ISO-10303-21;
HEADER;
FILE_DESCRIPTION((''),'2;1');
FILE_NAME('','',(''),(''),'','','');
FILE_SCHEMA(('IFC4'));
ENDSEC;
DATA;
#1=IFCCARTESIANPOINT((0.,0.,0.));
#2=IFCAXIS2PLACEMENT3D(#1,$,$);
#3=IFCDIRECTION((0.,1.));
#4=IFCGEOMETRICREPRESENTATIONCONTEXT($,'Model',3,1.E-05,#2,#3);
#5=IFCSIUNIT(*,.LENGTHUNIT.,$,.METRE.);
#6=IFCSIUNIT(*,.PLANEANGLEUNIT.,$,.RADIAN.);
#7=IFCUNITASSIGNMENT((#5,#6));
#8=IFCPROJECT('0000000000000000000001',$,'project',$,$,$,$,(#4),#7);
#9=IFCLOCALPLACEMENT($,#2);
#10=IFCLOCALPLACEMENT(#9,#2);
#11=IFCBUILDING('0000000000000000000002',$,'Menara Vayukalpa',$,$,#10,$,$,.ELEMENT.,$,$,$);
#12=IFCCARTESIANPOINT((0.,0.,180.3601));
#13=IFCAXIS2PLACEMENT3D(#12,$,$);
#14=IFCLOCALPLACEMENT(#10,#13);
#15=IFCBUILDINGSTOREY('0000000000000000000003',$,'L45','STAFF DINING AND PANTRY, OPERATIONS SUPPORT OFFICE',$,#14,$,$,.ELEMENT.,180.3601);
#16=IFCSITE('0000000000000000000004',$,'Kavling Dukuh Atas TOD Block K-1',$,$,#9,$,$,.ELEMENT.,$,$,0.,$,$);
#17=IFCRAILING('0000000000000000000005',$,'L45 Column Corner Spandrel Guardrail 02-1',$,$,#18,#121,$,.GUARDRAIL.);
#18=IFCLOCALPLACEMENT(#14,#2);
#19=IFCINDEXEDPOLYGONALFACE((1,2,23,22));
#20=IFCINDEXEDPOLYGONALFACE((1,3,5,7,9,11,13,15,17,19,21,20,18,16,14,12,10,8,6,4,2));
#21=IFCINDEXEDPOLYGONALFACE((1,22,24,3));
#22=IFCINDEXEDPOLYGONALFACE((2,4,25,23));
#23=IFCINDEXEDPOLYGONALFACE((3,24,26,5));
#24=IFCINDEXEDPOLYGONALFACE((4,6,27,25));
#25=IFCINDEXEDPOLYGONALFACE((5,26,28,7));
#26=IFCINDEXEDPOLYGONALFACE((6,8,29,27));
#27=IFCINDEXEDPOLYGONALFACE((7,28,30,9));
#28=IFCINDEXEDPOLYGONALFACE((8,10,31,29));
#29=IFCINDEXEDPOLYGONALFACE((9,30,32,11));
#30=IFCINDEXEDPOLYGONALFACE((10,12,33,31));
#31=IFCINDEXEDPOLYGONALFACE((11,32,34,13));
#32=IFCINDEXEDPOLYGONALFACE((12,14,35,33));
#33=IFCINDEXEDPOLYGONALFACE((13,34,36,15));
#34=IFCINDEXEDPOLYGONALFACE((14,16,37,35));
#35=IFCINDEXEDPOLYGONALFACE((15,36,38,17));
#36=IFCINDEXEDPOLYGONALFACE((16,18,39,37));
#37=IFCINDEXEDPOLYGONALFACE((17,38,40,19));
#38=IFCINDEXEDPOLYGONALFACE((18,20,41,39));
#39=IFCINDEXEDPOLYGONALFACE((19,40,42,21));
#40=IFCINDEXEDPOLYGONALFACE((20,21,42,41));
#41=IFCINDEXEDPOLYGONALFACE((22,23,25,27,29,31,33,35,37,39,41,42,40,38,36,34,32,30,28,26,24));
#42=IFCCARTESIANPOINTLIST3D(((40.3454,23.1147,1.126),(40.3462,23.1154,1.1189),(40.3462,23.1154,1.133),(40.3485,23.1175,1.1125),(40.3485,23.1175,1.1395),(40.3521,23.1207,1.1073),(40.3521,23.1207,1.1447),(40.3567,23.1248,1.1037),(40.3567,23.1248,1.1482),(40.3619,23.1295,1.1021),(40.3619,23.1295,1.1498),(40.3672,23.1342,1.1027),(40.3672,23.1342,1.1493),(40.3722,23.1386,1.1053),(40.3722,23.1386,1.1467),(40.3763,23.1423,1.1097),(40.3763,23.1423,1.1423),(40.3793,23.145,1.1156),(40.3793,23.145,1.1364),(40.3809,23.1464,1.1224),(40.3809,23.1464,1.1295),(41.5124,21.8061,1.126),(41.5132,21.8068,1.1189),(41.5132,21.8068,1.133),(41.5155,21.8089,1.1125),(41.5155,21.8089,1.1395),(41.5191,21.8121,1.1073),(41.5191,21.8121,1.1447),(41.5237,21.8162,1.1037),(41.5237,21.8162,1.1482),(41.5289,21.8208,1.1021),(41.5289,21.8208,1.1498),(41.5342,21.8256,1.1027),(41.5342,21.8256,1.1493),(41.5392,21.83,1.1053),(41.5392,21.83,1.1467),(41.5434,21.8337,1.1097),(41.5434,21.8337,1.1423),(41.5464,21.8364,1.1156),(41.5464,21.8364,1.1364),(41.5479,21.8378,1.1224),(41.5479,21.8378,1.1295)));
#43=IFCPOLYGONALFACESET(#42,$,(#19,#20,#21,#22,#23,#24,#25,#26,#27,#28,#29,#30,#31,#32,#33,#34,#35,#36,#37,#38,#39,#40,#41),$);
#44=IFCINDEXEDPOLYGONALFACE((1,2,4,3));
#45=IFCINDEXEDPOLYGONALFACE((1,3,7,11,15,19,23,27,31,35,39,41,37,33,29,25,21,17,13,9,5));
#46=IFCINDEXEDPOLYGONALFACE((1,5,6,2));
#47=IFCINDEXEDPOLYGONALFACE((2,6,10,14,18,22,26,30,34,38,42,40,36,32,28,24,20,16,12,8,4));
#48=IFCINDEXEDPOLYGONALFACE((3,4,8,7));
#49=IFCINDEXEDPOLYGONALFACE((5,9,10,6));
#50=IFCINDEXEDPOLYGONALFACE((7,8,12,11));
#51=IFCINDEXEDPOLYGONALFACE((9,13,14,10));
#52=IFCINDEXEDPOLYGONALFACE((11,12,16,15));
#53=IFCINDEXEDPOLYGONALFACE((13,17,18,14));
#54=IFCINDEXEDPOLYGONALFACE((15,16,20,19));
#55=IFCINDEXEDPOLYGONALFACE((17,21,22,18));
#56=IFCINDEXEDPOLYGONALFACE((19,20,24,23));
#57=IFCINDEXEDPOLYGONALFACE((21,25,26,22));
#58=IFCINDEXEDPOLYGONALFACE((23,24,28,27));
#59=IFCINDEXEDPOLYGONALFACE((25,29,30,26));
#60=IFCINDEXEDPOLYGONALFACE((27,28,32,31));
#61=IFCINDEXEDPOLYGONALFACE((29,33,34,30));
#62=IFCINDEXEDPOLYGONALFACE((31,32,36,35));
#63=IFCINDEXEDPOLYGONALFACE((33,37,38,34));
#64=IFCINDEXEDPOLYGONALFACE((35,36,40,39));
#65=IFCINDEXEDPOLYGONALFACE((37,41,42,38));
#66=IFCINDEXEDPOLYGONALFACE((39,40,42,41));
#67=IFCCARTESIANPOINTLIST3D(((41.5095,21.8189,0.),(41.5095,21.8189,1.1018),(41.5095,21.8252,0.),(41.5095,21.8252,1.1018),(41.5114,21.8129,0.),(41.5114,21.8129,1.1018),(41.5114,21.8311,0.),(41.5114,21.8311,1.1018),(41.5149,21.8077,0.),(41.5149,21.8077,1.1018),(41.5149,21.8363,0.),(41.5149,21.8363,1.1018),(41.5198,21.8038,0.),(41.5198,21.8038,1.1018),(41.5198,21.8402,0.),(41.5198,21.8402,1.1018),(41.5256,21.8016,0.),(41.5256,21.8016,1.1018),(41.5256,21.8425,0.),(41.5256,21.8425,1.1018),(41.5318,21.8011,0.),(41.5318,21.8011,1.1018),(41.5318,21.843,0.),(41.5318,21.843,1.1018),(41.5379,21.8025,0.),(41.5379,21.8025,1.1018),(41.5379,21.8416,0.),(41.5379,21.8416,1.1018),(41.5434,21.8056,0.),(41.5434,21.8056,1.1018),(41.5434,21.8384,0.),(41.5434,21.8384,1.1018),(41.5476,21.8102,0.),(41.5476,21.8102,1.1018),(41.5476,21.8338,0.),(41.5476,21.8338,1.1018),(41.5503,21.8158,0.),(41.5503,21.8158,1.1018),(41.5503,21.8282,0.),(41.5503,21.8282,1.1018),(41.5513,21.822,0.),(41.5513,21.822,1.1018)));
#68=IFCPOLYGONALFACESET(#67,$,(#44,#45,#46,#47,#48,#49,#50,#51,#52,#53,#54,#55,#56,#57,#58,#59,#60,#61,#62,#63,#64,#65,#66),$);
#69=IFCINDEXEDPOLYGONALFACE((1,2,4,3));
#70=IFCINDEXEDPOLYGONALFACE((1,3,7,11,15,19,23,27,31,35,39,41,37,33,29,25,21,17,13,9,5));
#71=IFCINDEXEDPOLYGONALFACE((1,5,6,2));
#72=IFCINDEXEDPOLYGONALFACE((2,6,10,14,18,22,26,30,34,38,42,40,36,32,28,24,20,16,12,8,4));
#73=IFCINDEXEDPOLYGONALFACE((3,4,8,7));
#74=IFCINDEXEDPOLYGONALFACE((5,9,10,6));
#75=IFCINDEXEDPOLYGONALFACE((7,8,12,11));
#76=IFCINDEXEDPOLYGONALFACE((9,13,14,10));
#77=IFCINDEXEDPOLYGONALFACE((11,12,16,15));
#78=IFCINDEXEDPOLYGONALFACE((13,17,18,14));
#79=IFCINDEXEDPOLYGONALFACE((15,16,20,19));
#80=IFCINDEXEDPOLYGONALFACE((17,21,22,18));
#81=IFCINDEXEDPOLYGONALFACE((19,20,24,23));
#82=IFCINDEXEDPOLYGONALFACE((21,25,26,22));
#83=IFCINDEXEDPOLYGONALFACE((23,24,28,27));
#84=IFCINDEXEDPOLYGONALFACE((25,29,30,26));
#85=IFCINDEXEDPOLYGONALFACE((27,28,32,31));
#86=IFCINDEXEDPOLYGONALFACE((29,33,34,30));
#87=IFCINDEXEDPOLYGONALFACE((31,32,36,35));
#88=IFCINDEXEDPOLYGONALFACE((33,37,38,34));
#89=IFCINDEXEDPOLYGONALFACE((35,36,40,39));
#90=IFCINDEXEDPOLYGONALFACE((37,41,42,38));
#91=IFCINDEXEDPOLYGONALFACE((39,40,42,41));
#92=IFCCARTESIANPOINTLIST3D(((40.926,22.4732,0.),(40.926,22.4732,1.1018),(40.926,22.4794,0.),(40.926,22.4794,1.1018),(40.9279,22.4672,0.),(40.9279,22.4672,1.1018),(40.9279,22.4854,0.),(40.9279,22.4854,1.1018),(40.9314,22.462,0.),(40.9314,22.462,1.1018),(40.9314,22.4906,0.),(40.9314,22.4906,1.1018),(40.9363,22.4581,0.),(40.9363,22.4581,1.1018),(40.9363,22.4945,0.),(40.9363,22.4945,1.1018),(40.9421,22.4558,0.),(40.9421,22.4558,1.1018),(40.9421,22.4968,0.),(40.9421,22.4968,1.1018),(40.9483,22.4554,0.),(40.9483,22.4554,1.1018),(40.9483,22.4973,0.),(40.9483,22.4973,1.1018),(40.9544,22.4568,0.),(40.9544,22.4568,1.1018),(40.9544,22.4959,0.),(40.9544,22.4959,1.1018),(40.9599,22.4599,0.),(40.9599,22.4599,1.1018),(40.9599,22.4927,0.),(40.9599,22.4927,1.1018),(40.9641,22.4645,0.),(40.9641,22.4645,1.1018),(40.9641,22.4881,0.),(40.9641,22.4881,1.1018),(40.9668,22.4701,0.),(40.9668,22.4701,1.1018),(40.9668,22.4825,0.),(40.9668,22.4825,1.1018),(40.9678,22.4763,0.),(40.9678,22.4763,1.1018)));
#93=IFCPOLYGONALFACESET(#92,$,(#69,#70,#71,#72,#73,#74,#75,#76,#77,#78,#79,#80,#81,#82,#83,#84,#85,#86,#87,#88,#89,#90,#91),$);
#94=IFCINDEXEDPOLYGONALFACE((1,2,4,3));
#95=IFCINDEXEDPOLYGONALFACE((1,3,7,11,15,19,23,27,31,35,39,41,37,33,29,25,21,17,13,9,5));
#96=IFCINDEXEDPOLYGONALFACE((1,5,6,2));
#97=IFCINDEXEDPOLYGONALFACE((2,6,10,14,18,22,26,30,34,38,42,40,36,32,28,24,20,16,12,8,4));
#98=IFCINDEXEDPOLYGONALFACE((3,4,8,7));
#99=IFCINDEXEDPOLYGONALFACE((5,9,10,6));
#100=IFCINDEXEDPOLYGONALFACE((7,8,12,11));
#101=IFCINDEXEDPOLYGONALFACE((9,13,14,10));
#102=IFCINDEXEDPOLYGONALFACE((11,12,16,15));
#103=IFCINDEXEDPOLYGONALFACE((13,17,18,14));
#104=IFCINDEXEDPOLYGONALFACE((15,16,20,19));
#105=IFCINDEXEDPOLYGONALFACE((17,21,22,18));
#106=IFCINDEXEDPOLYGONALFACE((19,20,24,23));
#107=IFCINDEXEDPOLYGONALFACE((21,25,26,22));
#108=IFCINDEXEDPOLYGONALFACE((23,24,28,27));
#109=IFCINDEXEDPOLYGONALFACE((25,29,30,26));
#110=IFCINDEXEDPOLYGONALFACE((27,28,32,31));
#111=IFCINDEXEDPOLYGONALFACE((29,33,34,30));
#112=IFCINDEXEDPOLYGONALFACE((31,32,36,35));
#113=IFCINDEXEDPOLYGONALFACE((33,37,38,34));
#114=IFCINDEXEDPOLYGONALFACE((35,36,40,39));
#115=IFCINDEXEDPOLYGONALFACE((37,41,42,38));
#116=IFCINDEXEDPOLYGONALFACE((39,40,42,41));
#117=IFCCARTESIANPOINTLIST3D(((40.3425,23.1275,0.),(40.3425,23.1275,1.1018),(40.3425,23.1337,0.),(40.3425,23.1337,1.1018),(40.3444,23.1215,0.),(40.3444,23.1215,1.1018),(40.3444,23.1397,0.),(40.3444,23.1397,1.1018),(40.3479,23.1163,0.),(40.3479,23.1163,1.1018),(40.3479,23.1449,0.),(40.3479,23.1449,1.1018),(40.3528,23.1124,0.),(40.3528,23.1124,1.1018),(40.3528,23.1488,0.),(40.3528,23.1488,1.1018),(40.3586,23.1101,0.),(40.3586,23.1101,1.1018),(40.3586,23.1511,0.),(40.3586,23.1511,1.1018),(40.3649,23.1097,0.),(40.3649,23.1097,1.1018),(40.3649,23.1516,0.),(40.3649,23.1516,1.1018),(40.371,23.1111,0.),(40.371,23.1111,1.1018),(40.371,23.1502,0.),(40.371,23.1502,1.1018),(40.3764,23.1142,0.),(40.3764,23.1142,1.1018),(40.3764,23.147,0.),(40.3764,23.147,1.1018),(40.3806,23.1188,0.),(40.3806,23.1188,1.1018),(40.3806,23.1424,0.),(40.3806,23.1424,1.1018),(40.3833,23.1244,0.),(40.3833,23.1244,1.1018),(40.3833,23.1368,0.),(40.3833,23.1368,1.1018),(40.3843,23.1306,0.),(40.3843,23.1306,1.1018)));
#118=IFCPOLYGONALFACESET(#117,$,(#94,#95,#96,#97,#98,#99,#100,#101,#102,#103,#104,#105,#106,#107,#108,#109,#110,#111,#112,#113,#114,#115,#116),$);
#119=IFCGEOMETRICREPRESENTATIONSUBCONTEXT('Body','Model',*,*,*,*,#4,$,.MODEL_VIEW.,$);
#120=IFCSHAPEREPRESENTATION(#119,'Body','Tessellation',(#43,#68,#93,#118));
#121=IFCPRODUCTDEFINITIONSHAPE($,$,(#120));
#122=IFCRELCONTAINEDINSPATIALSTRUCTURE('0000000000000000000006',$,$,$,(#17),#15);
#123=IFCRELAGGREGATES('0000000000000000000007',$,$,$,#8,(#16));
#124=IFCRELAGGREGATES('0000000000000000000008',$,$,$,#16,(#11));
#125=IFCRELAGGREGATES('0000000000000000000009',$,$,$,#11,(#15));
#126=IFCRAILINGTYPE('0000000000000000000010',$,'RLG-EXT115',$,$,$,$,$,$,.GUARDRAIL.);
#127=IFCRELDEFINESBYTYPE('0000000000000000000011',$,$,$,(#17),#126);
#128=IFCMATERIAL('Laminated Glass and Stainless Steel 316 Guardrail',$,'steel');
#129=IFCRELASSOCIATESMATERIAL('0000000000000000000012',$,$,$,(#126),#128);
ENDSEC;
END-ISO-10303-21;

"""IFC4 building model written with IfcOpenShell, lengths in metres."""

from ifc_helpers import new_model, si_unit, direction, frame, origin, origin_2d, place, context, subcontext, project, spatial, circle, extrude, material, type_object, element, save


model = new_model("IFC4")

# Units and contexts
model_context = context("Model", 3, precision=1e-05, world=origin(), true_north=direction((0.0, 1.0)))
body_context = subcontext(model_context, "Body", "Model", "MODEL_VIEW")
ifc_project = project(units=[si_unit("LENGTHUNIT", "METRE"), si_unit("PLANEANGLEUNIT", "RADIAN")], contexts=[model_context])

# Site, building, storey
site_placement = place(None, origin())
site = spatial("IfcSite", under=ifc_project, at=site_placement, Name="Kavling Dukuh Atas TOD Block K-1", CompositionType="ELEMENT", RefElevation=0.0)
building_placement = place(site_placement, origin())
building = spatial("IfcBuilding", under=site, at=building_placement, Name="Menara Vayukalpa", CompositionType="ELEMENT")
storey_placement = place(building_placement, frame((0.0, 0.0, 180.3601)))
storey = spatial("IfcBuildingStorey", under=building, at=storey_placement, Name="L45", Description="STAFF DINING AND PANTRY, OPERATIONS SUPPORT OFFICE", CompositionType="ELEMENT", Elevation=180.3601)

# Railing
ifc_material_1 = material(Name="Laminated Glass and Stainless Steel 316 Guardrail", Category="steel")
railing_type_1 = type_object("IfcRailingType", Name="RLG-EXT115", PredefinedType="GUARDRAIL", material=ifc_material_1)
railing_1_placement = place(storey_placement, frame((41.5303, 21.822, 0.0)))
element("IfcRailing", 1, at=railing_1_placement, inside=storey, type_object=railing_type_1, Name="L45 Column Corner Spandrel Guardrail 02-1", PredefinedType="GUARDRAIL", context=body_context, shape_type="SweptSolid", body=[
    extrude(circle(Radius=0.0239, at=origin_2d()), frame((0.0, 0.0, 1.126), z_axis=(-0.665573, 0.746333, 0.0), x_axis=(-0.746333, -0.665573, 0.0)), (0.0, 0.0, 1.0), 1.7534),
    extrude(circle(Radius=0.021, at=origin_2d()), origin(), (0.0, 0.0, 1.0), 1.1018),
    extrude(circle(Radius=0.021, at=origin_2d()), frame((-0.5835, 0.6543, 0.0)), (0.0, 0.0, 1.0), 1.1018),
    extrude(circle(Radius=0.021, at=origin_2d()), frame((-1.167, 1.3086, 0.0)), (0.0, 0.0, 1.0), 1.1018),
])

save(model, "model.ifc")
